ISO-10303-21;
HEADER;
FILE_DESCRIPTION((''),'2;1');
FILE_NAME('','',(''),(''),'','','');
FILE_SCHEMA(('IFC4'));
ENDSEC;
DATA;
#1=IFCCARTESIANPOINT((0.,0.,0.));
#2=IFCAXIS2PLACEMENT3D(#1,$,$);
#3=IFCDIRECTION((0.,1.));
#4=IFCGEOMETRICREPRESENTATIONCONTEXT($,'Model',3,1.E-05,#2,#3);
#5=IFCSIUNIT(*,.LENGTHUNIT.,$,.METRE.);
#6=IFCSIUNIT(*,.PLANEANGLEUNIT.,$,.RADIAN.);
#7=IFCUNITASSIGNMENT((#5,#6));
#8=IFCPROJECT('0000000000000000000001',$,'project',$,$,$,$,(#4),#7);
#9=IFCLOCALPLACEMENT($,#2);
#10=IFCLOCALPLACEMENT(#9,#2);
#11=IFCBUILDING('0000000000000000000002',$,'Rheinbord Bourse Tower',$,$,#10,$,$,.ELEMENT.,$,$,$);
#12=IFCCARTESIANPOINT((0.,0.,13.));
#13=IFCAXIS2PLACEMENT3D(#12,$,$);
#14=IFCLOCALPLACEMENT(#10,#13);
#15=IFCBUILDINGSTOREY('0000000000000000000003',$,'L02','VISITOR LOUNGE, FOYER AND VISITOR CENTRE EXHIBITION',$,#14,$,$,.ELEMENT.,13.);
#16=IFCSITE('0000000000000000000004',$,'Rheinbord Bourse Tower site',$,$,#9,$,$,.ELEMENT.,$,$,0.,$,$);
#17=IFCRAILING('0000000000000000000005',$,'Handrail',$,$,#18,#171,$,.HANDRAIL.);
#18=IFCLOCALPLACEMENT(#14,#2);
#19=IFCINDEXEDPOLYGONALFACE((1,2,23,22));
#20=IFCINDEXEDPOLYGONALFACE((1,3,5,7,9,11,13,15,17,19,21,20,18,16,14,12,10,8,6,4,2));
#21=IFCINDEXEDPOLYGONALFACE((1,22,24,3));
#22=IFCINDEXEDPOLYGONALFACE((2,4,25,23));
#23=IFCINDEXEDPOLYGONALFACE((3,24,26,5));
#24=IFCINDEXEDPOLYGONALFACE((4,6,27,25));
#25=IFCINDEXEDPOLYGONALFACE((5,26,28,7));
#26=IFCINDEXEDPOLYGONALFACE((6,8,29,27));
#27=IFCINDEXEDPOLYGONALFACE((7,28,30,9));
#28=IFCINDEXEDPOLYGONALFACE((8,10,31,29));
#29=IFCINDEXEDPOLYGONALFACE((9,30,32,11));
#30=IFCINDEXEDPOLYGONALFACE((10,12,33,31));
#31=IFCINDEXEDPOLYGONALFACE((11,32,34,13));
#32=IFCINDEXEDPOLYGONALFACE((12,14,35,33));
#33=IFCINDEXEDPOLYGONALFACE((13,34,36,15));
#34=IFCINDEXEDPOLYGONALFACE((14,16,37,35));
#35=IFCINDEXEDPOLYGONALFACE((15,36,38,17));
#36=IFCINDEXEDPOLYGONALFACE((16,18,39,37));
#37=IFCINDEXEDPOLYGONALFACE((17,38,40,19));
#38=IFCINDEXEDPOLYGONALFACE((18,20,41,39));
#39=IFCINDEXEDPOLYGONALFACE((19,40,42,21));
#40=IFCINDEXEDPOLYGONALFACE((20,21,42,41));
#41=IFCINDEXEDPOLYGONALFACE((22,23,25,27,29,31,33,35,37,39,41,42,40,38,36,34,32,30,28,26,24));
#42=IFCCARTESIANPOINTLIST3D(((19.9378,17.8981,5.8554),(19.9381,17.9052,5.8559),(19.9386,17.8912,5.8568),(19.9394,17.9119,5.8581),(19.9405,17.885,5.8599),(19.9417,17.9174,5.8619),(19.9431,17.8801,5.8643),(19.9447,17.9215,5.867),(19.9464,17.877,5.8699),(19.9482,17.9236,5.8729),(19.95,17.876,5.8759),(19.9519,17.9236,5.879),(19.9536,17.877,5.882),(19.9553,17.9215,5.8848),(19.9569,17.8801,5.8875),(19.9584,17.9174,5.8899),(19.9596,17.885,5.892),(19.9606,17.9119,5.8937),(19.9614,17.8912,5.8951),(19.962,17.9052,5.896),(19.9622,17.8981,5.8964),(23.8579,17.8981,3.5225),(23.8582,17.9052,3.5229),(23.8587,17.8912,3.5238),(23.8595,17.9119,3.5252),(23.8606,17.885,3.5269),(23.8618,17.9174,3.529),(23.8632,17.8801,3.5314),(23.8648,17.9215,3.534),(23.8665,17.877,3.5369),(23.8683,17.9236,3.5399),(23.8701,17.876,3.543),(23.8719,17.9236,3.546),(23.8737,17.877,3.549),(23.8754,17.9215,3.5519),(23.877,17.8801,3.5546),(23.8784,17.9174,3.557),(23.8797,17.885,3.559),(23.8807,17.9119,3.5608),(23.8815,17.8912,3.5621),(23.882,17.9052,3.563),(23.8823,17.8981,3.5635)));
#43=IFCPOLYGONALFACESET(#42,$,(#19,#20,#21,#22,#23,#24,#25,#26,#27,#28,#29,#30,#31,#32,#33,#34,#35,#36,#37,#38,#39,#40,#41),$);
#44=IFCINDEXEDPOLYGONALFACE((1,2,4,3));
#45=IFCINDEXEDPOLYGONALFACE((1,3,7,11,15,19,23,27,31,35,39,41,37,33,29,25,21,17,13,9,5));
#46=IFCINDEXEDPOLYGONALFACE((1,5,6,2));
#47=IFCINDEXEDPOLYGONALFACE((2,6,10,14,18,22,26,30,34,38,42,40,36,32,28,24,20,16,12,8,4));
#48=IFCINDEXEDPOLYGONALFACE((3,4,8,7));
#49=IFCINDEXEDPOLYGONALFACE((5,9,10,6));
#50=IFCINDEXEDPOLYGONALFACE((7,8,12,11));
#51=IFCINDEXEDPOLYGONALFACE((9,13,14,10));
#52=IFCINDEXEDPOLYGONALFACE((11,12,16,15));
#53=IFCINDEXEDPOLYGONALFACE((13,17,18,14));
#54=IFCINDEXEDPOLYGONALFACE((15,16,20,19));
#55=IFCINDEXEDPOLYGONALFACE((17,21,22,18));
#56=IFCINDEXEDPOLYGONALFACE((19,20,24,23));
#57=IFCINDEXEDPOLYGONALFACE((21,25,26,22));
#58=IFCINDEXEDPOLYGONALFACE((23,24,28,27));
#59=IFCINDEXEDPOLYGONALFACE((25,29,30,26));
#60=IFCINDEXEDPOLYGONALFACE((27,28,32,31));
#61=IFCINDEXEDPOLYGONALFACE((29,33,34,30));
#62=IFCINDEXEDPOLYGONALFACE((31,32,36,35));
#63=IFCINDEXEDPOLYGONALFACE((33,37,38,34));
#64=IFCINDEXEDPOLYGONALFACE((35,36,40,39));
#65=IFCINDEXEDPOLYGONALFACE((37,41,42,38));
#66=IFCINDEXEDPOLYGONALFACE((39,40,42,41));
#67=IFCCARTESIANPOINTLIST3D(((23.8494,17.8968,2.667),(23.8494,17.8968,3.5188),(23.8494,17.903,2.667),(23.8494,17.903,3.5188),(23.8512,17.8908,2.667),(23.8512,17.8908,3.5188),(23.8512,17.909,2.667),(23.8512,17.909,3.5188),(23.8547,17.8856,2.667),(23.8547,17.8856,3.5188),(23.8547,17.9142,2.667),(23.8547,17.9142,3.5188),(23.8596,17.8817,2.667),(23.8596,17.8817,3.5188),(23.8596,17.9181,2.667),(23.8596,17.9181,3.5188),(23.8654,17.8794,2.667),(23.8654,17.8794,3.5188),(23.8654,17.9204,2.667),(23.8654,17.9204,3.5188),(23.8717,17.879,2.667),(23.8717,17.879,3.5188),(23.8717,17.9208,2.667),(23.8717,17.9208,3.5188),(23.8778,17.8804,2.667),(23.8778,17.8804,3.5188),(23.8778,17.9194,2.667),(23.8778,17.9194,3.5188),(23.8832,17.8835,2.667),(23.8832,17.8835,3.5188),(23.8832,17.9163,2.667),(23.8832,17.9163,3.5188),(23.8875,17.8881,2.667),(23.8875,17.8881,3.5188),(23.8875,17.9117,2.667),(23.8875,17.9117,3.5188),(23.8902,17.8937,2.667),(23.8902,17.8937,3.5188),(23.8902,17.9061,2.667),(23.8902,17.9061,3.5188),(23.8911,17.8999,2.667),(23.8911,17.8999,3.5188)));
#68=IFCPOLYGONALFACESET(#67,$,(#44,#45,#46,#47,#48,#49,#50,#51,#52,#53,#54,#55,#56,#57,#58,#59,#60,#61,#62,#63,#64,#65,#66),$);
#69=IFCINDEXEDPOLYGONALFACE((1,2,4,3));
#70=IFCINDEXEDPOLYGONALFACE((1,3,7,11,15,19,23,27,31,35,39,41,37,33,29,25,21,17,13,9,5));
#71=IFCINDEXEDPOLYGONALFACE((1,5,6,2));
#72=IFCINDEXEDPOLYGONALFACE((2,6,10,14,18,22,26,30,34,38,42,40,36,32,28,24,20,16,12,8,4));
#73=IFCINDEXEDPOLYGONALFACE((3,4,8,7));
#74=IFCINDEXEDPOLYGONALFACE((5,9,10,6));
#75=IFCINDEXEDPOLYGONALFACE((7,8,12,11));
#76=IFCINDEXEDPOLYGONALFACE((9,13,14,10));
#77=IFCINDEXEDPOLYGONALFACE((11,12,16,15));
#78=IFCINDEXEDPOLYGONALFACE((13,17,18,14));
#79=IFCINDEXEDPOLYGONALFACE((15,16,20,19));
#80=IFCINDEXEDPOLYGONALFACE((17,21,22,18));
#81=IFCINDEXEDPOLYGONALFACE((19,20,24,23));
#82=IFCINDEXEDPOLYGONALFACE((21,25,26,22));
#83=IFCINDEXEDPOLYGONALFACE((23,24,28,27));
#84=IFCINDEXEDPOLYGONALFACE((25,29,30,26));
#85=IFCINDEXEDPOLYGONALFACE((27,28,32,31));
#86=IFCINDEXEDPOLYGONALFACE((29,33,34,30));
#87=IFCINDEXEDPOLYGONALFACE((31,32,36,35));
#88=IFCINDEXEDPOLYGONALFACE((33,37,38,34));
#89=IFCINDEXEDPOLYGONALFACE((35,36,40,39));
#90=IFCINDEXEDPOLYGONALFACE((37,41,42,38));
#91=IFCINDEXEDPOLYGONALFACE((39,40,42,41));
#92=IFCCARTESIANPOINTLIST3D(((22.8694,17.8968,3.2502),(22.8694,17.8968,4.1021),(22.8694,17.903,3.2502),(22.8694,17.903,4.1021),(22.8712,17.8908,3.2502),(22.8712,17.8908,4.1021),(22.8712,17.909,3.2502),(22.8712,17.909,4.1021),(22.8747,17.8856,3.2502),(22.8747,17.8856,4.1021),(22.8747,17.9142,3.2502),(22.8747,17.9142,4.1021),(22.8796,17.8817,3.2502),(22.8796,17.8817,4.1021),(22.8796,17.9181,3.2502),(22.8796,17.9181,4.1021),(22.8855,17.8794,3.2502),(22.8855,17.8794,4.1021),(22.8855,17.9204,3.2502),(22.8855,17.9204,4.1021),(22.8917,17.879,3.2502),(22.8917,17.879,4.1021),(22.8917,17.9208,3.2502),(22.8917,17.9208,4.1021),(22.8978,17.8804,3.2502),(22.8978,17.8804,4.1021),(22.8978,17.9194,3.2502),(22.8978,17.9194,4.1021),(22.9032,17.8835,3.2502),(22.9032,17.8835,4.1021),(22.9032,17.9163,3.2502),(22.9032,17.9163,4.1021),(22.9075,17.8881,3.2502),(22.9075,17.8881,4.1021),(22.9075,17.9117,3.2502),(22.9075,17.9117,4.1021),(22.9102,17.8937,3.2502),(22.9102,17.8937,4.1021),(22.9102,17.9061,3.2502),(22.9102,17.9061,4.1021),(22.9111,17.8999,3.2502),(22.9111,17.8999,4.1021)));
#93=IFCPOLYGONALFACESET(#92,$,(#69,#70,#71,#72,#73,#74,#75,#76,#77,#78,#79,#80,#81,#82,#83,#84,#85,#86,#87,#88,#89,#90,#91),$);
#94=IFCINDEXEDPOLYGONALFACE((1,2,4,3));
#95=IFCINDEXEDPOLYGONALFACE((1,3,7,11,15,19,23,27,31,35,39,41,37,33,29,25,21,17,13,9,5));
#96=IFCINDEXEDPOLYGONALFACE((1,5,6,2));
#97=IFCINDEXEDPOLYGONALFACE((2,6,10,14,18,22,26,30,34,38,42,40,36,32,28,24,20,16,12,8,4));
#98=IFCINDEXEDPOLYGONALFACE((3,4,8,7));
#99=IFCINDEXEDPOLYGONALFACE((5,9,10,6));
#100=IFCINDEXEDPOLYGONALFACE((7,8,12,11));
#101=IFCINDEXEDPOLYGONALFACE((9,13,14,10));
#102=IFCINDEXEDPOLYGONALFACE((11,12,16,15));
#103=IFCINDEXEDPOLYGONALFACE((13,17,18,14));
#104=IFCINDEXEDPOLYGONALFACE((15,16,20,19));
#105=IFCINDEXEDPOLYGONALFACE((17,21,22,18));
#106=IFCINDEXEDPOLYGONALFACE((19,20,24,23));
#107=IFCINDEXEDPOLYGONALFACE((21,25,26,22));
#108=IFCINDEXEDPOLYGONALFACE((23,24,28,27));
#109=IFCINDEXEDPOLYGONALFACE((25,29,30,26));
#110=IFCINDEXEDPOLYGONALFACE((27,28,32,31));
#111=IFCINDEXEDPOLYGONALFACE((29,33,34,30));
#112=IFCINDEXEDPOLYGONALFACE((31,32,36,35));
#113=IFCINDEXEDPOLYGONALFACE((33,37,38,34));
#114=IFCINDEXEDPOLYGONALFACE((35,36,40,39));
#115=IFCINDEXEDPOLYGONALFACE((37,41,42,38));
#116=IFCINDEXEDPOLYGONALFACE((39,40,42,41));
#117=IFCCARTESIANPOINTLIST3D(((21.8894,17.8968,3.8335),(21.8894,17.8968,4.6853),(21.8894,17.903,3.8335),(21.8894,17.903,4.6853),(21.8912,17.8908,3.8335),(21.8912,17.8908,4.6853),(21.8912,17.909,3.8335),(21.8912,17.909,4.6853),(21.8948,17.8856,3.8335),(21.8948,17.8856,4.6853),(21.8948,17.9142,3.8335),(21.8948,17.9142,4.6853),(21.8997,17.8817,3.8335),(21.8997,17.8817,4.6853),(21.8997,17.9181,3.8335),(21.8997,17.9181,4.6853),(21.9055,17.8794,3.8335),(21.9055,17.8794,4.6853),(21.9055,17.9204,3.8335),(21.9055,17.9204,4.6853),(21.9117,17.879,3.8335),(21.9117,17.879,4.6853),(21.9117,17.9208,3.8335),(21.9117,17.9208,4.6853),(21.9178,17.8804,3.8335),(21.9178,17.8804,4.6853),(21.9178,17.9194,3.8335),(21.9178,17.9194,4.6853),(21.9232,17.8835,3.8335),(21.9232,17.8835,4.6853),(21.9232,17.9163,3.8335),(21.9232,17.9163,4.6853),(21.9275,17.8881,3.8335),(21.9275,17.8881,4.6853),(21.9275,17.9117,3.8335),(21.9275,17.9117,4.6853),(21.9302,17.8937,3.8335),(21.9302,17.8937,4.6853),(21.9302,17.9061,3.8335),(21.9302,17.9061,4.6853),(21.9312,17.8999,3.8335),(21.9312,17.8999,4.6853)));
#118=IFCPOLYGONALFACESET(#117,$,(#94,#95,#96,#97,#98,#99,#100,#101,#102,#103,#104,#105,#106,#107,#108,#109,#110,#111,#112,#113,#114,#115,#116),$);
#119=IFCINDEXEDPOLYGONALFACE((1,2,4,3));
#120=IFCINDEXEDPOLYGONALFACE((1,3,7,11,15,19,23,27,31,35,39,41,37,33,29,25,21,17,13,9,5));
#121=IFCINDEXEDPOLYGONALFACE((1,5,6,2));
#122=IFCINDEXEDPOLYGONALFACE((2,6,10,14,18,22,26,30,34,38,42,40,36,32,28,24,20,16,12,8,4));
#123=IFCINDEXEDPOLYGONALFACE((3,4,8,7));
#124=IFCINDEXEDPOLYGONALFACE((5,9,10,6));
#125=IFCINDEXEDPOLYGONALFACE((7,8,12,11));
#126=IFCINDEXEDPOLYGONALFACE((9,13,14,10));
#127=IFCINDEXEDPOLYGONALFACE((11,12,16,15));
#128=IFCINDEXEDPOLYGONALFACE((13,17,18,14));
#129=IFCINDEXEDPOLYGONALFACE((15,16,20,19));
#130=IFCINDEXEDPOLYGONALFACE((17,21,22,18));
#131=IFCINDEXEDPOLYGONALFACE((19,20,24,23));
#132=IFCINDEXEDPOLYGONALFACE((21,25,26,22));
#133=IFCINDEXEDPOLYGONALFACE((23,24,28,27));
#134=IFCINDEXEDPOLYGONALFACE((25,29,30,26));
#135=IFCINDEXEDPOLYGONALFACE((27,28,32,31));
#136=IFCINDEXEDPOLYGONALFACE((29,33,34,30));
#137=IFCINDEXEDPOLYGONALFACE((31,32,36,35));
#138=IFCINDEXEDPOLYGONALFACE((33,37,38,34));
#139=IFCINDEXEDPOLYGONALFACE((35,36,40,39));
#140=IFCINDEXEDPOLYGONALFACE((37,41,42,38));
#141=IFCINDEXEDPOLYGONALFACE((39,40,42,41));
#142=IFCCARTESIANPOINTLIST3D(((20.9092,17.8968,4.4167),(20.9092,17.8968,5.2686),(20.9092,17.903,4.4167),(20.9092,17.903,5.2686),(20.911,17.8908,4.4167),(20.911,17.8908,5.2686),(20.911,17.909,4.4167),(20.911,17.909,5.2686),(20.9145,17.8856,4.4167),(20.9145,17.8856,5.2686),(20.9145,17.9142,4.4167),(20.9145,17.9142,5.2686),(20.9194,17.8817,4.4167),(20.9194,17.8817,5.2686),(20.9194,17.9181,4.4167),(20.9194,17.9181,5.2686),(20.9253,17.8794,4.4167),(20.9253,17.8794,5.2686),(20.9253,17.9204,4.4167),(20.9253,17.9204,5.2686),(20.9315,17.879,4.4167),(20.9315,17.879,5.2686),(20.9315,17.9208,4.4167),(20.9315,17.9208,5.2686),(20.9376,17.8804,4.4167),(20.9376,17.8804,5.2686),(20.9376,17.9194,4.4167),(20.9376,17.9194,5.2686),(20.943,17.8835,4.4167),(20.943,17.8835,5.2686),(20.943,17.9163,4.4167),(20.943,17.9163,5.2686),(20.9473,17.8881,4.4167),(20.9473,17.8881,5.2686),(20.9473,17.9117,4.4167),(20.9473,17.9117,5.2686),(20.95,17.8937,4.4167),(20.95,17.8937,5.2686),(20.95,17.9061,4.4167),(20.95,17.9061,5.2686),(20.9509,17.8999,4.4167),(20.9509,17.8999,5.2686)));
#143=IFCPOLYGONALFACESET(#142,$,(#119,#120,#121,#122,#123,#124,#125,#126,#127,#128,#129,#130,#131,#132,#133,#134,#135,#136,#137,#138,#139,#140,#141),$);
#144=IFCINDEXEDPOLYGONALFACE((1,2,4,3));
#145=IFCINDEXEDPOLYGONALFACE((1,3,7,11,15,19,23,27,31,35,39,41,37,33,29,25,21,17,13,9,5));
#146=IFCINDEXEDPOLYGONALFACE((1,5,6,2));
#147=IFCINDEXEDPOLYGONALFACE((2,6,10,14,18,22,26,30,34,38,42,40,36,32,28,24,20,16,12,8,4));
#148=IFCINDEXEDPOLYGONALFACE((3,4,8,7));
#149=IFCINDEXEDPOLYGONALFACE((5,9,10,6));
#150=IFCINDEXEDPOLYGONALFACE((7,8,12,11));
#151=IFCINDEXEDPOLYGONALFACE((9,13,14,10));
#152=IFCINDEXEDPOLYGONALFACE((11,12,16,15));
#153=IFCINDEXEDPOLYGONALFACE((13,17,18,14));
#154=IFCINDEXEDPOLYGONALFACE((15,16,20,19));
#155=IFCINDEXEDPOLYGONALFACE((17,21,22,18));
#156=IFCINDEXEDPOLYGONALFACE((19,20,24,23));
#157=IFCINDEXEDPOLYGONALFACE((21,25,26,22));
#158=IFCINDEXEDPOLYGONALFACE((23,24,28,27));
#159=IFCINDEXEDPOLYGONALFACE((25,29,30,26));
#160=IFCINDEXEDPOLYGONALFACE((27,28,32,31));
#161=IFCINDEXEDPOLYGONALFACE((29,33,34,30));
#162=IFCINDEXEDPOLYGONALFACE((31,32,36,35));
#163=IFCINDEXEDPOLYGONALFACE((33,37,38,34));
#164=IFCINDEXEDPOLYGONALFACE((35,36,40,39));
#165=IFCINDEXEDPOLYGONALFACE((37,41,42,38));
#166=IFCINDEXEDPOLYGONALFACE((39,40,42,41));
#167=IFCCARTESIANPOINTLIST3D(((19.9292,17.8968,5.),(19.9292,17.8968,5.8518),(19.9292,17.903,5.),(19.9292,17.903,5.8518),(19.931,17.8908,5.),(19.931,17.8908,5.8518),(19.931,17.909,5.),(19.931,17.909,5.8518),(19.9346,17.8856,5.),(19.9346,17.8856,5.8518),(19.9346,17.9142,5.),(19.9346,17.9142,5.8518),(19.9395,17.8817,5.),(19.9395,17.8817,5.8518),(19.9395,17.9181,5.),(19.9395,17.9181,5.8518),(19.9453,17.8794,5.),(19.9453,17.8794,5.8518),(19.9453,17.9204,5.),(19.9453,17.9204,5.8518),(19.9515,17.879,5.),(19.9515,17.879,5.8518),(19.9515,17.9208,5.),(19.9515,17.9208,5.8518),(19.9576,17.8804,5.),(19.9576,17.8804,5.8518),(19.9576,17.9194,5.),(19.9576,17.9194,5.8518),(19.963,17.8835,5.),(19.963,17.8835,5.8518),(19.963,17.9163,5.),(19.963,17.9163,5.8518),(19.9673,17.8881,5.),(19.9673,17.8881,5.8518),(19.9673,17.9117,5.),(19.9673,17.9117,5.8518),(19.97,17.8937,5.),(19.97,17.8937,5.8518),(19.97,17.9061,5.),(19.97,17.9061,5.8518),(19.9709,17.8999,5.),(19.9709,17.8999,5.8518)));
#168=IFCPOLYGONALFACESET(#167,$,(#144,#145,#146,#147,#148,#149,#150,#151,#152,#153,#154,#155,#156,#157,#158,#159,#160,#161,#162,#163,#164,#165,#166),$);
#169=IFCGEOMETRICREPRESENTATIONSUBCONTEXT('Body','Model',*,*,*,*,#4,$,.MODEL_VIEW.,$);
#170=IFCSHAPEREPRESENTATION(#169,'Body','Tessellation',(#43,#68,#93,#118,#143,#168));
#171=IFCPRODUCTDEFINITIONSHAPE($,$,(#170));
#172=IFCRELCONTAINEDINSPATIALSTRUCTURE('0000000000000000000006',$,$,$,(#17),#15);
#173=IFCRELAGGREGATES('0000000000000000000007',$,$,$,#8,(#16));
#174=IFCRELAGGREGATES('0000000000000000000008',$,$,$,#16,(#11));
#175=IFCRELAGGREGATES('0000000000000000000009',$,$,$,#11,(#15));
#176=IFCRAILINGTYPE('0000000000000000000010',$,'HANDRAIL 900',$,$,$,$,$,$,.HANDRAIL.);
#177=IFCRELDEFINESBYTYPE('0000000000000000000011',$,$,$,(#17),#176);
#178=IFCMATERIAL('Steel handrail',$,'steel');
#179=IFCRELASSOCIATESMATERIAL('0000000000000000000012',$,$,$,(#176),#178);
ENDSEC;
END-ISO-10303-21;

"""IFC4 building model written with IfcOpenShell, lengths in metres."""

from ifc_helpers import new_model, si_unit, direction, frame, origin, origin_2d, place, context, subcontext, project, spatial, circle, extrude, material, type_object, element, save


model = new_model("IFC4")

# Units and contexts
model_context = context("Model", 3, precision=1e-05, world=origin(), true_north=direction((0.0, 1.0)))
body_context = subcontext(model_context, "Body", "Model", "MODEL_VIEW")
ifc_project = project(units=[si_unit("LENGTHUNIT", "METRE"), si_unit("PLANEANGLEUNIT", "RADIAN")], contexts=[model_context])

# Site, building, storey
site_placement = place(None, origin())
site = spatial("IfcSite", under=ifc_project, at=site_placement, Name="Rheinbord Bourse Tower site", CompositionType="ELEMENT", RefElevation=0.0)
building_placement = place(site_placement, origin())
building = spatial("IfcBuilding", under=site, at=building_placement, Name="Rheinbord Bourse Tower", CompositionType="ELEMENT")
storey_placement = place(building_placement, frame((0.0, 0.0, 13.0)))
storey = spatial("IfcBuildingStorey", under=building, at=storey_placement, Name="L02", Description="VISITOR LOUNGE, FOYER AND VISITOR CENTRE EXHIBITION", CompositionType="ELEMENT", Elevation=13.0)

# Railing
ifc_material_1 = material(Name="Steel handrail", Category="steel")
railing_type = type_object("IfcRailingType", Name="HANDRAIL 900", PredefinedType="HANDRAIL", material=ifc_material_1)
for number, where, name in (
    (1, (23.8701, 17.8999, 2.667), "Handrail"),
):
    element("IfcRailing", number, at=place(storey_placement, frame(where)), inside=storey, type_object=railing_type, Name=name, PredefinedType="HANDRAIL", context=body_context, shape_type="SweptSolid", body=[
        extrude(circle(Radius=0.0239, at=origin_2d()), frame((0.0, 0.0, 0.876), z_axis=(-0.859334, 0.0, 0.511415), x_axis=(0.0, -1.0, 0.0)), (0.0, 0.0, 1.0), 4.5618),
        extrude(circle(Radius=0.021, at=origin_2d()), origin(), (0.0, 0.0, 1.0), 0.8518),
        extrude(circle(Radius=0.021, at=origin_2d()), frame((-0.98, 0.0, 0.5833)), (0.0, 0.0, 1.0), 0.8518),
        extrude(circle(Radius=0.021, at=origin_2d()), frame((-1.96, 0.0, 1.1665)), (0.0, 0.0, 1.0), 0.8518),
        extrude(circle(Radius=0.021, at=origin_2d()), frame((-2.9402, 0.0, 1.7498)), (0.0, 0.0, 1.0), 0.8518),
        extrude(circle(Radius=0.021, at=origin_2d()), frame((-3.9202, 0.0, 2.333)), (0.0, 0.0, 1.0), 0.8518),
    ])

save(model, "model.ifc")
